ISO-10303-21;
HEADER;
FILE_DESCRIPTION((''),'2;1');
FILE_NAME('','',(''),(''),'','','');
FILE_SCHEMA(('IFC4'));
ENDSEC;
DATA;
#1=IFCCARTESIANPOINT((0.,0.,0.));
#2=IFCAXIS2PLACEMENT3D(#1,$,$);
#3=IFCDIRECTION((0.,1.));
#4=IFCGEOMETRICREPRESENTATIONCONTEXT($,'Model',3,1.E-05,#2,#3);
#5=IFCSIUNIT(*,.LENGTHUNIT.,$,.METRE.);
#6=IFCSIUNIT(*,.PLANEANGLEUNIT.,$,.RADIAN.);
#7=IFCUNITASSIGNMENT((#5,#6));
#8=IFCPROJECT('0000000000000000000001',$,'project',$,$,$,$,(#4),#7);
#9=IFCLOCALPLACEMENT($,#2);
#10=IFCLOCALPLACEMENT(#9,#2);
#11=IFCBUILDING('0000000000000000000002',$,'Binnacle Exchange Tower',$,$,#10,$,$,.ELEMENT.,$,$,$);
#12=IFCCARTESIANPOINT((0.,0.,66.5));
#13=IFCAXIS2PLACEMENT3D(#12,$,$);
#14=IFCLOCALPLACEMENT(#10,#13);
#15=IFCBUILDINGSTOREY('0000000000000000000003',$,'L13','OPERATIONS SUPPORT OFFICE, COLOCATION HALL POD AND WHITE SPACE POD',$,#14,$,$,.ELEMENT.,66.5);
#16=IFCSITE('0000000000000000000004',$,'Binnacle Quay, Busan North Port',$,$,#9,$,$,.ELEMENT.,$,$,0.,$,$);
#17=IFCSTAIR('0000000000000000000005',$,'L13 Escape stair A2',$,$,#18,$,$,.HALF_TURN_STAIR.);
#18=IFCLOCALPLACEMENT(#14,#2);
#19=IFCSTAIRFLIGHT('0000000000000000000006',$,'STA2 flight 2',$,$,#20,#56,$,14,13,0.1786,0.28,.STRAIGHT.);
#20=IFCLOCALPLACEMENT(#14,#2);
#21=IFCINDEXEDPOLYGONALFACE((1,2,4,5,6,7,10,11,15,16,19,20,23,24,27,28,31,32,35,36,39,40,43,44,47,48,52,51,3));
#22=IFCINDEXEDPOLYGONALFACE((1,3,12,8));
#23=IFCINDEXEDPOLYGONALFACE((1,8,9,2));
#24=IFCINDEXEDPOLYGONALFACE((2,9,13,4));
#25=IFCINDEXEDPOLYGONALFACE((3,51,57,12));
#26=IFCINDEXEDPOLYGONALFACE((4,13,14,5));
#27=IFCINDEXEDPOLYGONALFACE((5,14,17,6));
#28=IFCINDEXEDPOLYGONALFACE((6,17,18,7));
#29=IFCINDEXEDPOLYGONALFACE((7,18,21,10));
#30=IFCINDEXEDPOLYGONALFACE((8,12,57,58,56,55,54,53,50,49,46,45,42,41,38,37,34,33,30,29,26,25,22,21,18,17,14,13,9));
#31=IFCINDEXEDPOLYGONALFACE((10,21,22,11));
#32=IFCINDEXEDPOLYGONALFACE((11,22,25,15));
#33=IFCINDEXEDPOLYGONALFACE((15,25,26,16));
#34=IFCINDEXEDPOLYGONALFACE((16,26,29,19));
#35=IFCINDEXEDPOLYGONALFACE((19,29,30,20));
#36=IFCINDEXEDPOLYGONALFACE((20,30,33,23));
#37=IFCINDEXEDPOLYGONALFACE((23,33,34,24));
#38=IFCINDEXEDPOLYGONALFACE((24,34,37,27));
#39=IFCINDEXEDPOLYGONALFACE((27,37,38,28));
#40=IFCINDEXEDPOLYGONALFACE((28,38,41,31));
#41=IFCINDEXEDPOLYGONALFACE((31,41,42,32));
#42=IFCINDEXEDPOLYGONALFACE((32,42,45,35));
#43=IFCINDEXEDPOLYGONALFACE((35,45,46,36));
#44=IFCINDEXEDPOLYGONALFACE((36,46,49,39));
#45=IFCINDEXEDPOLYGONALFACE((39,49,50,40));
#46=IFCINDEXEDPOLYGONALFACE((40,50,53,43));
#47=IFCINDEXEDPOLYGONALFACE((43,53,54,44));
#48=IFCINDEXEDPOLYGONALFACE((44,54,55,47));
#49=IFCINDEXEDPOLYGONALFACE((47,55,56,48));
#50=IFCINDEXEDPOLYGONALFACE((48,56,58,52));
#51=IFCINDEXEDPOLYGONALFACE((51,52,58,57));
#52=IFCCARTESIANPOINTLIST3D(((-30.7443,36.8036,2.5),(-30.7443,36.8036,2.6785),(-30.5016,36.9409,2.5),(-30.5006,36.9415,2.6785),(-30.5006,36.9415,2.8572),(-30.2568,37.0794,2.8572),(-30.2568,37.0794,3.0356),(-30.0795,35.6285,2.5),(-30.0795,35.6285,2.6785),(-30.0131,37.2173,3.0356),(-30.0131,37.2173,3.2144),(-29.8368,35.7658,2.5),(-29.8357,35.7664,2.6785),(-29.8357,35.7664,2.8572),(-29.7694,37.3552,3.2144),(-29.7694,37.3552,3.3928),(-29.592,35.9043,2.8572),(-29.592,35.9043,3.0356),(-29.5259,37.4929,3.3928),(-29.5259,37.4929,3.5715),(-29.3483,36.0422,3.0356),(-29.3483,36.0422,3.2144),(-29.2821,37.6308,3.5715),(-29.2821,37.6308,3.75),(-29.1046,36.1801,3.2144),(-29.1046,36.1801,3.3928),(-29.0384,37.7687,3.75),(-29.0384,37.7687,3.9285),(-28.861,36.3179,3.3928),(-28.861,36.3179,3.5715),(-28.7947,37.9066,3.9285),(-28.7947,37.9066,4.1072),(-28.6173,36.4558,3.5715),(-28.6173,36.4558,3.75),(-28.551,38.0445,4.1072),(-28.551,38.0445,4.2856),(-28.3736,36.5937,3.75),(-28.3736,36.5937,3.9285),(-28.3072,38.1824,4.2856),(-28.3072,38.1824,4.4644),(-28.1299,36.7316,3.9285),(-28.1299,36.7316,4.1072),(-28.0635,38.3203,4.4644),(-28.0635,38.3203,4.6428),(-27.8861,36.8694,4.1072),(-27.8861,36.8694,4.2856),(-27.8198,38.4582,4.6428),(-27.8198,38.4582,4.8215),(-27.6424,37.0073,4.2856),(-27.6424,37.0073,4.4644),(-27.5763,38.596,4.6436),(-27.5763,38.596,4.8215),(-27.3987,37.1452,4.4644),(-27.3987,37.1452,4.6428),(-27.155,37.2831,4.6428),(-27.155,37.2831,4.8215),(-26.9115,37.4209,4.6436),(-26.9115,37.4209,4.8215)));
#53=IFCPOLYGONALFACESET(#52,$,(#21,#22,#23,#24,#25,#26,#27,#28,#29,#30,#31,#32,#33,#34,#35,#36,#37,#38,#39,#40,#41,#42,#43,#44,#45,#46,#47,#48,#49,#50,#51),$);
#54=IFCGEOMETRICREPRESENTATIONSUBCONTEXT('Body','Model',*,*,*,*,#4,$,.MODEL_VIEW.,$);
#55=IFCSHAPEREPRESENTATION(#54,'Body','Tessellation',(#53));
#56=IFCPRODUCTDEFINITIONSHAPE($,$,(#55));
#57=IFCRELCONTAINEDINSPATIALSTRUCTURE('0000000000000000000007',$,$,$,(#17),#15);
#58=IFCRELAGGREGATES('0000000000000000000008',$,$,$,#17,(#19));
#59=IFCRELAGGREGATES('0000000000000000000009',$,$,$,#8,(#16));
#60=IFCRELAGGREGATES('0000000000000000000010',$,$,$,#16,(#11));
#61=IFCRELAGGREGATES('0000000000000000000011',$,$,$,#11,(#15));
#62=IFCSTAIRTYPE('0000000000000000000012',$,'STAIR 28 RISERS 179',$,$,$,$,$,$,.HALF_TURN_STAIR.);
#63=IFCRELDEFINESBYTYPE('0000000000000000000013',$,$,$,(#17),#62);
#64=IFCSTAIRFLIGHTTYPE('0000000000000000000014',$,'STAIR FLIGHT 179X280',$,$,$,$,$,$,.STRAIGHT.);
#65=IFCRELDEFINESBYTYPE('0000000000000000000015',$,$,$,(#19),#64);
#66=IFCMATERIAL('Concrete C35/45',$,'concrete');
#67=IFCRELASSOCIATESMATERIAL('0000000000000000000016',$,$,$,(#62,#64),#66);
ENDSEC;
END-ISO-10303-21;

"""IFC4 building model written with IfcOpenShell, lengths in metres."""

from ifc_helpers import new_model, si_unit, direction, frame, origin, place, context, subcontext, project, spatial, polyline, outline, extrude, material, type_object, element, aggregate, save


model = new_model("IFC4")

# Units and contexts
model_context = context("Model", 3, precision=1e-05, world=origin(), true_north=direction((0.0, 1.0)))
body_context = subcontext(model_context, "Body", "Model", "MODEL_VIEW")
ifc_project = project(units=[si_unit("LENGTHUNIT", "METRE"), si_unit("PLANEANGLEUNIT", "RADIAN")], contexts=[model_context])

# Site, building, storey
site_placement = place(None, origin())
site = spatial("IfcSite", under=ifc_project, at=site_placement, Name="Binnacle Quay, Busan North Port", CompositionType="ELEMENT", RefElevation=0.0)
building_placement = place(site_placement, origin())
building = spatial("IfcBuilding", under=site, at=building_placement, Name="Binnacle Exchange Tower", CompositionType="ELEMENT")
storey_placement = place(building_placement, frame((0.0, 0.0, 66.5)))
storey = spatial("IfcBuildingStorey", under=building, at=storey_placement, Name="L13", Description="OPERATIONS SUPPORT OFFICE, COLOCATION HALL POD AND WHITE SPACE POD", CompositionType="ELEMENT", Elevation=66.5)

# Shared definitions
ifc_material_1 = material(Name="Concrete C35/45", Category="concrete")

# Stair, stair flight
stair_type = type_object("IfcStairType", Name="STAIR 28 RISERS 179", PredefinedType="HALF_TURN_STAIR", material=ifc_material_1)
stair_placement = place(storey_placement, origin())
stair = element("IfcStair", 1, at=stair_placement, inside=storey, type_object=stair_type, Name="L13 Escape stair A2", PredefinedType="HALF_TURN_STAIR")
stair_flight_type = type_object("IfcStairFlightType", Name="STAIR FLIGHT 179X280", PredefinedType="STRAIGHT", material=ifc_material_1)
stair_flight_placement = place(storey_placement, frame((-30.4119, 36.2161, 2.5), z_axis=(0.0, 0.0, 1.0), x_axis=(0.870356, 0.492424, 0.0)))
stair_flight = element("IfcStairFlight", 2, at=stair_flight_placement, type_object=stair_flight_type, Name="STA2 flight 2", NumberOfRisers=14, NumberOfTreads=13, PredefinedType="STRAIGHT", RiserHeight=0.1786, TreadLength=0.28, context=body_context, shape_type="SweptSolid", body=[
    extrude(outline(polyline([(0.0, 0.0), (0.0, 0.1785), (0.28, 0.1785), (0.28, 0.3572), (0.5601, 0.3572), (0.5601, 0.5356), (0.8401, 0.5356), (0.8401, 0.7144), (1.1201, 0.7144), (1.1201, 0.8928), (1.3999, 0.8928), (1.3999, 1.0715), (1.6799, 1.0715), (1.6799, 1.25), (1.96, 1.25), (1.96, 1.4285), (2.24, 1.4285), (2.24, 1.6072), (2.52, 1.6072), (2.52, 1.7856), (2.8, 1.7856), (2.8, 1.9644), (3.0801, 1.9644), (3.0801, 2.1428), (3.3601, 2.1428), (3.3601, 2.3215), (3.6399, 2.3215), (3.6399, 2.5), (3.6399, 2.1436), (0.2788, 0.0), (0.0, 0.0)])), frame((0.0, 0.675, 0.0), z_axis=(0.0, -1.0, 0.0), x_axis=(1.0, 0.0, 0.0)), (0.0, 0.0, 1.0), 1.3501),
])
aggregate(stair, [stair_flight])

save(model, "model.ifc")
